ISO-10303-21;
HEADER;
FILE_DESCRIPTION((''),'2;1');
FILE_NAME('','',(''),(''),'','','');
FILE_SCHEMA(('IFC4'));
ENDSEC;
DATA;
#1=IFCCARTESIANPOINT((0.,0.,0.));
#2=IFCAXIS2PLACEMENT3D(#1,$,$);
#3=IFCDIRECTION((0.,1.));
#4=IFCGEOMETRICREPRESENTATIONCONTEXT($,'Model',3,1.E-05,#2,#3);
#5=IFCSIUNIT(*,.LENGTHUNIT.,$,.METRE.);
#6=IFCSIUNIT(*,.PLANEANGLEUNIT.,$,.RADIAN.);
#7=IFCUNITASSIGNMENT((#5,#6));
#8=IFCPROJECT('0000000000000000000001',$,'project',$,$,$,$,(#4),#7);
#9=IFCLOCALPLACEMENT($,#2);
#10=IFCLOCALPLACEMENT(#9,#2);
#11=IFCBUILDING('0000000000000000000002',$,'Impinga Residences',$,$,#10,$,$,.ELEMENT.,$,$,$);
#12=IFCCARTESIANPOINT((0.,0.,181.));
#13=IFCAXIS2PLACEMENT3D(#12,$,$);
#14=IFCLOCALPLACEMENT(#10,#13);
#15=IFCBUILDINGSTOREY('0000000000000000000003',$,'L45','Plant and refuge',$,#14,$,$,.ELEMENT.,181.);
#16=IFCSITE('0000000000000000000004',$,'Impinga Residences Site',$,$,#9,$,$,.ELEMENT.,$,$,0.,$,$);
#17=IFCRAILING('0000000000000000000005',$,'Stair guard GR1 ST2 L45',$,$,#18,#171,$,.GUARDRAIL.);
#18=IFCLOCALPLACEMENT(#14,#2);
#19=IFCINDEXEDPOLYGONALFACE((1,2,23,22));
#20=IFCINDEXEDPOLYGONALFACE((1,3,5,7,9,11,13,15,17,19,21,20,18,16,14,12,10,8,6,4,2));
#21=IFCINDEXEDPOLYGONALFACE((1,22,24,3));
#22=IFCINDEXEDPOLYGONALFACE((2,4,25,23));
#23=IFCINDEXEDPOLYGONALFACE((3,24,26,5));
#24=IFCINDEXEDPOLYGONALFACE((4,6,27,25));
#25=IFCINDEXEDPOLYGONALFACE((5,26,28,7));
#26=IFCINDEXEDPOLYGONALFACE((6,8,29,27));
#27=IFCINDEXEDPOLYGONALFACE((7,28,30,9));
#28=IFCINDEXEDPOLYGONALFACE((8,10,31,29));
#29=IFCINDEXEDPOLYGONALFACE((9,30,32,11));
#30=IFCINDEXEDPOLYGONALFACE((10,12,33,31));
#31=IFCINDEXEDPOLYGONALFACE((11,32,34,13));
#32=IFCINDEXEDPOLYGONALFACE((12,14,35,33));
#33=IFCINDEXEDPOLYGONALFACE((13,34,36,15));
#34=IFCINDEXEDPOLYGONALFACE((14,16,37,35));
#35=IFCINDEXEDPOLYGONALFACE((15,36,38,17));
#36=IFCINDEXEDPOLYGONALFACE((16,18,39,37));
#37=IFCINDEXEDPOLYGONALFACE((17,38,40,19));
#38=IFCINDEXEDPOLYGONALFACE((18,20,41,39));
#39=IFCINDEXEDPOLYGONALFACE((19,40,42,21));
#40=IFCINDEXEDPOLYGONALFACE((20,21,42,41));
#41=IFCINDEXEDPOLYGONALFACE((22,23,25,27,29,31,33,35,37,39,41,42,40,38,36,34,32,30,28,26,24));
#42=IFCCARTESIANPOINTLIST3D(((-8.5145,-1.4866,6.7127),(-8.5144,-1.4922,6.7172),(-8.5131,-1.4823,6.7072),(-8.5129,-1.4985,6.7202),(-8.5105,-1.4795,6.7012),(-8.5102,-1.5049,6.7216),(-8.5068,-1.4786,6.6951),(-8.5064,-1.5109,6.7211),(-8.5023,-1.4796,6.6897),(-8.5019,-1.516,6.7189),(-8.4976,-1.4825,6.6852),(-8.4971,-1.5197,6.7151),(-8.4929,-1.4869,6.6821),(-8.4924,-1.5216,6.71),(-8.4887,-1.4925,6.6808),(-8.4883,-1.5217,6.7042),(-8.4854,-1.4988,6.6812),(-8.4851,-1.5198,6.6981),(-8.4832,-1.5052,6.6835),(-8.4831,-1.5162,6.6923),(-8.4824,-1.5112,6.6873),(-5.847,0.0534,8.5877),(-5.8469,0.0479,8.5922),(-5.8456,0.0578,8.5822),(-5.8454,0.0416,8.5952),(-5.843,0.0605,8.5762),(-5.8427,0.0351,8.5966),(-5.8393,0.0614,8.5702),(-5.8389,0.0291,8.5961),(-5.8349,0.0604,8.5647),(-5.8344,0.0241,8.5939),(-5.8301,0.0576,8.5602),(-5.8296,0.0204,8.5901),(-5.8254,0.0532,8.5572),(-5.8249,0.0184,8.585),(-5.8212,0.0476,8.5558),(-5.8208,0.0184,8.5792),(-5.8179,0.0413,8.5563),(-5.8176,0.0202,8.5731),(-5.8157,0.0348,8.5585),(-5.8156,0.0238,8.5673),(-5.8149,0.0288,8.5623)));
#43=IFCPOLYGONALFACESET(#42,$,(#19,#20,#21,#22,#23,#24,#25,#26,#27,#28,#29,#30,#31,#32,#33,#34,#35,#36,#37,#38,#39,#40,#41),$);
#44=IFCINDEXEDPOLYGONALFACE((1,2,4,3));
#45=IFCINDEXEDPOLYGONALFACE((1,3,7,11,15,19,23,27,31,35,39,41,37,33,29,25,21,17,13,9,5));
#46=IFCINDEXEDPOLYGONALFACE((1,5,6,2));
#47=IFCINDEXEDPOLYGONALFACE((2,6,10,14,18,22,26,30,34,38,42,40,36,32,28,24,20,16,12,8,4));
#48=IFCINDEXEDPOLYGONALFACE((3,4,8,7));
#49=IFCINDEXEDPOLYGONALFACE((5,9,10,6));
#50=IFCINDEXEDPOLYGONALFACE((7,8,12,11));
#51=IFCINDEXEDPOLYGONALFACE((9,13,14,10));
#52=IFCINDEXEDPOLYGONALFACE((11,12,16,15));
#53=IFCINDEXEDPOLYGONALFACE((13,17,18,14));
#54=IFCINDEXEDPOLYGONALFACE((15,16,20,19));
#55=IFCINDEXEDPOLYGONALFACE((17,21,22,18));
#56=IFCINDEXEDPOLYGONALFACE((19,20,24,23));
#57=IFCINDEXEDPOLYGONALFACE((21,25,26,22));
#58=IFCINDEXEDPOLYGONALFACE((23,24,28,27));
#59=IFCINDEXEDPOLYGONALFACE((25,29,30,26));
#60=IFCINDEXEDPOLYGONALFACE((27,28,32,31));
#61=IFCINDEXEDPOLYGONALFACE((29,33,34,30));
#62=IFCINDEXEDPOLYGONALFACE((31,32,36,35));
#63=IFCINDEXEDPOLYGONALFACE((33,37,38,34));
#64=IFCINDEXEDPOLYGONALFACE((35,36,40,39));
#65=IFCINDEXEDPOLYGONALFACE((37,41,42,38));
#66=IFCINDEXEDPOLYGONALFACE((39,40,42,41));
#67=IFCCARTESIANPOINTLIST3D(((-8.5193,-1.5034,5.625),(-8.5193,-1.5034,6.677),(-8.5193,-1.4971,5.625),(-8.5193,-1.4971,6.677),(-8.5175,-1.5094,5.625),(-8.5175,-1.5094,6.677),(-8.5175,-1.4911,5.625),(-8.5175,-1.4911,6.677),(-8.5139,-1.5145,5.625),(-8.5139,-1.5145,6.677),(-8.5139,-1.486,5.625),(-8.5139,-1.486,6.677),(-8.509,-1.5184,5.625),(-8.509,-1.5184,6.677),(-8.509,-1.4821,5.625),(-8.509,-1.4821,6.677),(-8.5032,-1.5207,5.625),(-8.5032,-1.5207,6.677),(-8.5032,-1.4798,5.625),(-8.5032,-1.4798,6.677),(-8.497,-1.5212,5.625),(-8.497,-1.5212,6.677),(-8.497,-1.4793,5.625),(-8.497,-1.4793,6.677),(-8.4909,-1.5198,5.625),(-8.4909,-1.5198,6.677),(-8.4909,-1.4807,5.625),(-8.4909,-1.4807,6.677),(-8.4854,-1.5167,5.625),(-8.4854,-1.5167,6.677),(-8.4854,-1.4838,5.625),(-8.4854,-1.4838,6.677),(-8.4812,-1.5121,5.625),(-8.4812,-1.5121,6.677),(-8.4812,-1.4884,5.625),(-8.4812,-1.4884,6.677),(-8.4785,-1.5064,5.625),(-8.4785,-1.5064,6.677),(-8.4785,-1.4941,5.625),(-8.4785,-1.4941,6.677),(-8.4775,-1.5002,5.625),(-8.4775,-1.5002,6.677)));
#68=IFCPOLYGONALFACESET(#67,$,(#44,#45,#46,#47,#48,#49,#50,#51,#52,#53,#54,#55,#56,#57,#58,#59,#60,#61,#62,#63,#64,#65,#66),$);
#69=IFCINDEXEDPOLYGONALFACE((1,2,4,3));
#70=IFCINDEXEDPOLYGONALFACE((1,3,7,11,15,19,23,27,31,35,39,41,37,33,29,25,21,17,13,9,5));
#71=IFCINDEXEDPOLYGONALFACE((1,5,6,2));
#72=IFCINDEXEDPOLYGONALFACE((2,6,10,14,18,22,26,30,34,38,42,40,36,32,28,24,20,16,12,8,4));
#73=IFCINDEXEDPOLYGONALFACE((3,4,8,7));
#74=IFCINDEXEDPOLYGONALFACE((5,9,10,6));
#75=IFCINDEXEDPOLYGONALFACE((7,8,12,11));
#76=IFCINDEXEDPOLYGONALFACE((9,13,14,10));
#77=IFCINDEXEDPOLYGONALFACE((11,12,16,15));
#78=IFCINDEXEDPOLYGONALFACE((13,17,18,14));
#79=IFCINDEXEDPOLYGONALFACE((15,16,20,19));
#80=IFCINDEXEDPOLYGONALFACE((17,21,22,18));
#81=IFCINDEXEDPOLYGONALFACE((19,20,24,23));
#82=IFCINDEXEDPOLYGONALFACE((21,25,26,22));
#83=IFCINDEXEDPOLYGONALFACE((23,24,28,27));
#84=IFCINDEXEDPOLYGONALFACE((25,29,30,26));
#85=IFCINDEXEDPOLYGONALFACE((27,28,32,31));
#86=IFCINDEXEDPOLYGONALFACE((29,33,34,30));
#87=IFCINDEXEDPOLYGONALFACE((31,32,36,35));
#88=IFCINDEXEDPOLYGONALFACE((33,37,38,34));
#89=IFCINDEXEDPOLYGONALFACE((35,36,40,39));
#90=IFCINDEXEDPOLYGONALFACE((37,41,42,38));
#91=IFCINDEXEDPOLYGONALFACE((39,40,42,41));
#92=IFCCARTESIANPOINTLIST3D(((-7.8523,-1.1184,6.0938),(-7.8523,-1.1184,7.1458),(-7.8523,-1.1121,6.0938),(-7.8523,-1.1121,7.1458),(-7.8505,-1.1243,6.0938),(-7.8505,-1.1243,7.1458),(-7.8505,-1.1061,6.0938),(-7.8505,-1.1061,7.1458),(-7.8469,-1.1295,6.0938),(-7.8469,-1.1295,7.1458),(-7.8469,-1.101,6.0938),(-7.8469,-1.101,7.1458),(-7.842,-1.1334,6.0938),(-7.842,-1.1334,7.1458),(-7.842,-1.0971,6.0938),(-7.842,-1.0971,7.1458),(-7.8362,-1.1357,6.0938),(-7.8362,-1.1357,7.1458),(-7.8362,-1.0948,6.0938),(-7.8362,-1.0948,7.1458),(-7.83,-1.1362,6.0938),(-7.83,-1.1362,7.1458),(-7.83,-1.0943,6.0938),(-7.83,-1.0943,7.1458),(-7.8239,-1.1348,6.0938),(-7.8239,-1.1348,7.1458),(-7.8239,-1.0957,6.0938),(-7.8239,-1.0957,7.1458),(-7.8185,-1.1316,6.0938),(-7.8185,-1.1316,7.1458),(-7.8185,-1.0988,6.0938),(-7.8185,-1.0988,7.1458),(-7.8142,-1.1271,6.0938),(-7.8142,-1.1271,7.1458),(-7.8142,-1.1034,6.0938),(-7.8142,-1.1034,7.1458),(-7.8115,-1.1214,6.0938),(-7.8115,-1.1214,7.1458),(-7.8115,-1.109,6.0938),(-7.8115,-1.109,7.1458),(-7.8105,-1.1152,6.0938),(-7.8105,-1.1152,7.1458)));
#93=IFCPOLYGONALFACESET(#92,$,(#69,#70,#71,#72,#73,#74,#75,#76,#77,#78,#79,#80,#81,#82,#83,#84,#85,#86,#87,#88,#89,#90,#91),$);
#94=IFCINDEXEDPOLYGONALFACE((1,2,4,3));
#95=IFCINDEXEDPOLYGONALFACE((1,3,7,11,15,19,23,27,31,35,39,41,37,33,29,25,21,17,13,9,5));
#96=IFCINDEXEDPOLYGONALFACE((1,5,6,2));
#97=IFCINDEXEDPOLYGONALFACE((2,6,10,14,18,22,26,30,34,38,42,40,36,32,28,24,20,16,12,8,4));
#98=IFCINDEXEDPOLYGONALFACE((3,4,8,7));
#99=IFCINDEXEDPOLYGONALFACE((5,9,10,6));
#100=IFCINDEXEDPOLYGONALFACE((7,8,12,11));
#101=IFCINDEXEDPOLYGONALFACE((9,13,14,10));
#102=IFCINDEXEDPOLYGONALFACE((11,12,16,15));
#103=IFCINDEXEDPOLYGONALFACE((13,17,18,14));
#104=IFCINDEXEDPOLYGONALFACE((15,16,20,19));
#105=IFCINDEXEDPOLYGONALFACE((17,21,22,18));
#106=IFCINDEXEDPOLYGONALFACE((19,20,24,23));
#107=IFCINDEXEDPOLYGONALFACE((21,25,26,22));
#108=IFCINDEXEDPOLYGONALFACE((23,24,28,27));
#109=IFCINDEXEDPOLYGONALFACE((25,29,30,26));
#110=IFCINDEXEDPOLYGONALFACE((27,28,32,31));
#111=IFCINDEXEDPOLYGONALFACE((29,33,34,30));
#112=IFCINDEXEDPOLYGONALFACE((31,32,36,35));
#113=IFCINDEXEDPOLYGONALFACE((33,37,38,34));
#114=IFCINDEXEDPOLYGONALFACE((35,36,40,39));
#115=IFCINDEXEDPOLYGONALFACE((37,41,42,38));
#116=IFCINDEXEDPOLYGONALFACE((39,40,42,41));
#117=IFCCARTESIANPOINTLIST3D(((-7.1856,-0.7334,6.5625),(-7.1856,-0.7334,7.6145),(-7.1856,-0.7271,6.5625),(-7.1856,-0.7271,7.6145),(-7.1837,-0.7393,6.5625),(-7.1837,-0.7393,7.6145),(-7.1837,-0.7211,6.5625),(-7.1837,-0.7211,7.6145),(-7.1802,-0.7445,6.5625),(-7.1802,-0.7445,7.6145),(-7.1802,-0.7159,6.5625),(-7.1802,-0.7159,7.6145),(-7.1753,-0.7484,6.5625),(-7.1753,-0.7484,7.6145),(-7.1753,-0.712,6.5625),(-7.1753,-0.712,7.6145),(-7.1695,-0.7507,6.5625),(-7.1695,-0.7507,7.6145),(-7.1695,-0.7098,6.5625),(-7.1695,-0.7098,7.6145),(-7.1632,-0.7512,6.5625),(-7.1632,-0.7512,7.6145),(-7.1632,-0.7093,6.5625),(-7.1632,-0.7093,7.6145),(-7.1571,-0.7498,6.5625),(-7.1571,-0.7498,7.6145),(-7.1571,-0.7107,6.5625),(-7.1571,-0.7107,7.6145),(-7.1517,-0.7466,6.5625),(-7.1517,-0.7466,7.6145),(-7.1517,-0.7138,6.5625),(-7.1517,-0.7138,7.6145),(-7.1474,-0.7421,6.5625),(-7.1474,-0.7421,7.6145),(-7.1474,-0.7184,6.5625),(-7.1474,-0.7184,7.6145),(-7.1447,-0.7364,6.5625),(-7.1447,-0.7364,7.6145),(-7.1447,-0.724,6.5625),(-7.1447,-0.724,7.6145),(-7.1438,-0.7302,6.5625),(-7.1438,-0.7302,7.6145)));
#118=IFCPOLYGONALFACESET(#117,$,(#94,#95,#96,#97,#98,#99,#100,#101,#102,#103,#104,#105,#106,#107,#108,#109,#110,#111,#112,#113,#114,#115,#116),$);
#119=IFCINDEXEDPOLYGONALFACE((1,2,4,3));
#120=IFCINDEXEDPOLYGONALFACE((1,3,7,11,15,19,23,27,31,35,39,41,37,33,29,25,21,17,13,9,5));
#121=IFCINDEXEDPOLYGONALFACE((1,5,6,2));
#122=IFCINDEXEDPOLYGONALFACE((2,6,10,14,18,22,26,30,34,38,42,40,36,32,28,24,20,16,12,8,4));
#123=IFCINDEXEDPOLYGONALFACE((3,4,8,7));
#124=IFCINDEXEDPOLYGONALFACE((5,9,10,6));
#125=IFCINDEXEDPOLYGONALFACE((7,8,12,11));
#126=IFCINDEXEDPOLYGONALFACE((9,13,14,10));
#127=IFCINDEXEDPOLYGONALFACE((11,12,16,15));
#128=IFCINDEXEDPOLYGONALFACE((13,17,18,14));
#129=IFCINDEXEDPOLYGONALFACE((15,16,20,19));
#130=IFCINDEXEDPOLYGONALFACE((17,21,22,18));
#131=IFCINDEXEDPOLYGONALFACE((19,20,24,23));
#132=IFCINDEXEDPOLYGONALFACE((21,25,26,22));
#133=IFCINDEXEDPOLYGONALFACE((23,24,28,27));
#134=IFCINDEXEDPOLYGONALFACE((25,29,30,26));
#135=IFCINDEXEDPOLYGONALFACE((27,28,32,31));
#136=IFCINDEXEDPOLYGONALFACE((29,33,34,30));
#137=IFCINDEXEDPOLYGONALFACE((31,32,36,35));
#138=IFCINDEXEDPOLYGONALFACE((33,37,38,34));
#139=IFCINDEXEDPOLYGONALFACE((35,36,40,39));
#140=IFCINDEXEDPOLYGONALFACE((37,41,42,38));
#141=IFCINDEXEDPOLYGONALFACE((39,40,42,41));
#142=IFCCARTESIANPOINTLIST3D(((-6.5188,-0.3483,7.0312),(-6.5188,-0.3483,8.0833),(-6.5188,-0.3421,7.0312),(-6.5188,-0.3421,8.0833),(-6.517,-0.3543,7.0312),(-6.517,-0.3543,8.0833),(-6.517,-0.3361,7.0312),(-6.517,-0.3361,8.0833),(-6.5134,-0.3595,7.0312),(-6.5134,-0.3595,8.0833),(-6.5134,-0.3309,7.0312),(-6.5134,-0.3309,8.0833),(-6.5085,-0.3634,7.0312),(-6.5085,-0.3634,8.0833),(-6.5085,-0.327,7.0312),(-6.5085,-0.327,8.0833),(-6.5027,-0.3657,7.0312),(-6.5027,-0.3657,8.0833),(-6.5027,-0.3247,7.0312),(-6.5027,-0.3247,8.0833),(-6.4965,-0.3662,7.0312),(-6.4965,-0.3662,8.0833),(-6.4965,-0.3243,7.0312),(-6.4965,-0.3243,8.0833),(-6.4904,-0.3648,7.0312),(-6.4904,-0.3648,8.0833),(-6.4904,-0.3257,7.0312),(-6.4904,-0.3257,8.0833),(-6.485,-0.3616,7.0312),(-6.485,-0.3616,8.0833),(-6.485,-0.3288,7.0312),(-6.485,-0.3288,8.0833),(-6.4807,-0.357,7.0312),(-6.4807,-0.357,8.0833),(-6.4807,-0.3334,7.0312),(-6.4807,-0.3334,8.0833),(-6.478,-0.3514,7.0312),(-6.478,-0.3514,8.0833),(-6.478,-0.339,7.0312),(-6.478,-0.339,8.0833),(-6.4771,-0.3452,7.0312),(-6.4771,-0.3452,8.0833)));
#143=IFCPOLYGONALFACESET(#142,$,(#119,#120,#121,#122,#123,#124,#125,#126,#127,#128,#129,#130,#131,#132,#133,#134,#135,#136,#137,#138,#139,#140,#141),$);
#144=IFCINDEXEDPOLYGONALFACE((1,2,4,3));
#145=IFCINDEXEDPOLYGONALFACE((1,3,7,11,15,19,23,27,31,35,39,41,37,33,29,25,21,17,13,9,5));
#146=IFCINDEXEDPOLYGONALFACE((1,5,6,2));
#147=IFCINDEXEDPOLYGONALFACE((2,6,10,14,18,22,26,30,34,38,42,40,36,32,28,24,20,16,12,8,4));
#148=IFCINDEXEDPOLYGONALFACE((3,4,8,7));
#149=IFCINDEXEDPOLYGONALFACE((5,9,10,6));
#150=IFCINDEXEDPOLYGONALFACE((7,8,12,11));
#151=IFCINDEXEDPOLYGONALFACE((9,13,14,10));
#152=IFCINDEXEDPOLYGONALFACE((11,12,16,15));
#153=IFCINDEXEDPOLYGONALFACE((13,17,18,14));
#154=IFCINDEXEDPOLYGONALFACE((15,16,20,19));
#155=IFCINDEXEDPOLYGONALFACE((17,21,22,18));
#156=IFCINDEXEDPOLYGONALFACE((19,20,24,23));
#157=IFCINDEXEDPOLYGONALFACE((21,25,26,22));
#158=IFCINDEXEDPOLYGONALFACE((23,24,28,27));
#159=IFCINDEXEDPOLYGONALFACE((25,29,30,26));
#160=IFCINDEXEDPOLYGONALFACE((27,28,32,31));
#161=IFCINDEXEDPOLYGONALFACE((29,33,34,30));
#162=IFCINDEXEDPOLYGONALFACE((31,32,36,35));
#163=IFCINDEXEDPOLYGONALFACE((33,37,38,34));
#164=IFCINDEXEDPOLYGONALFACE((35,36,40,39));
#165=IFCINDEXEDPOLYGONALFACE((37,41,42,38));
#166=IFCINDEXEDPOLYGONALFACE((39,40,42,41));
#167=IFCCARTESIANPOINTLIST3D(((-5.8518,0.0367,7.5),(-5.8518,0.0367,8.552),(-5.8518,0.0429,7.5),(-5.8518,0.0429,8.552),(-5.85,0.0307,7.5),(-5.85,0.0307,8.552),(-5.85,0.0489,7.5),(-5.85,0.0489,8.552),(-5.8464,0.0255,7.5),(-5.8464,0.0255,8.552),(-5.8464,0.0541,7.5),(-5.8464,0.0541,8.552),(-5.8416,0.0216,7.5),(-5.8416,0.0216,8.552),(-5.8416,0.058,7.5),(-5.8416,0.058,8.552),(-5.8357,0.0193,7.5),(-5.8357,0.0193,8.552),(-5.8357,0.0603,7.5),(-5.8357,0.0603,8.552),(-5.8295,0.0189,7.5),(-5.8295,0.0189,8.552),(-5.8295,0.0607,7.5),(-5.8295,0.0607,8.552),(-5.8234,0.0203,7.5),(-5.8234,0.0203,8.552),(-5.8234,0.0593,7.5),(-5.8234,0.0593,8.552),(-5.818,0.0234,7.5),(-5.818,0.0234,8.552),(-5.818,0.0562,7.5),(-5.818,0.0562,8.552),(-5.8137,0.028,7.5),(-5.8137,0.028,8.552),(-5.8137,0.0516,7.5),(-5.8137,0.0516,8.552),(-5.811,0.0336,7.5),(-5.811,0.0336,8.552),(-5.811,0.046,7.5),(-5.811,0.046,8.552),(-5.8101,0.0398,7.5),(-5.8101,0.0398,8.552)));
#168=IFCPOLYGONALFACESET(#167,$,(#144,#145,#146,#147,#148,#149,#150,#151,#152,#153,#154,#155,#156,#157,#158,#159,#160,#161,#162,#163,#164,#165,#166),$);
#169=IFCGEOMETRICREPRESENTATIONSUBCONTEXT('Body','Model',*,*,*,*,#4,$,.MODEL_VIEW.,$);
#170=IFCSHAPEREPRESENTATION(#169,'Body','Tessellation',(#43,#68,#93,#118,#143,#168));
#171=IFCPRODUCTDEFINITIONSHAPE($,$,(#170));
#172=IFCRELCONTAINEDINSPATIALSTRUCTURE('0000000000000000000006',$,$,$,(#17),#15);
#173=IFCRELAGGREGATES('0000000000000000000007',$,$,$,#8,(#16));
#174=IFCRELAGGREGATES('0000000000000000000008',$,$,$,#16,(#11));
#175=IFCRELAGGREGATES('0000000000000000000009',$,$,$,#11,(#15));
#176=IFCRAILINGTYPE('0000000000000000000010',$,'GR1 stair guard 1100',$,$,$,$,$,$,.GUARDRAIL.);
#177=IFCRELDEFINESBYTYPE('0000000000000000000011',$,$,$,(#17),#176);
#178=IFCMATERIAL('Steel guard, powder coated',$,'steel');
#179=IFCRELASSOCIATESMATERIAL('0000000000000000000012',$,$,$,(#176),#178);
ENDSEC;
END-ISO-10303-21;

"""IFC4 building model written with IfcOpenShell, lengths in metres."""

from ifc_helpers import new_model, si_unit, direction, frame, origin, origin_2d, place, context, subcontext, project, spatial, circle, extrude, material, type_object, element, save


model = new_model("IFC4")

# Units and contexts
model_context = context("Model", 3, precision=1e-05, world=origin(), true_north=direction((0.0, 1.0)))
body_context = subcontext(model_context, "Body", "Model", "MODEL_VIEW")
ifc_project = project(units=[si_unit("LENGTHUNIT", "METRE"), si_unit("PLANEANGLEUNIT", "RADIAN")], contexts=[model_context])

# Site, building, storey
site_placement = place(None, origin())
site = spatial("IfcSite", under=ifc_project, at=site_placement, Name="Impinga Residences Site", CompositionType="ELEMENT", RefElevation=0.0)
building_placement = place(site_placement, origin())
building = spatial("IfcBuilding", under=site, at=building_placement, Name="Impinga Residences", CompositionType="ELEMENT")
storey_placement = place(building_placement, frame((0.0, 0.0, 181.0)))
storey = spatial("IfcBuildingStorey", under=building, at=storey_placement, Name="L45", Description="Plant and refuge", CompositionType="ELEMENT", Elevation=181.0)

# Railing
ifc_material_1 = material(Name="Steel guard, powder coated", Category="steel")
railing_type_1 = type_object("IfcRailingType", Name="GR1 stair guard 1100", PredefinedType="GUARDRAIL", material=ifc_material_1)
for number, where, name in (
    (1, (-8.4985, -1.5002, 5.625), "Stair guard GR1 ST2 L45"),
):
    element("IfcRailing", number, at=place(storey_placement, frame(where)), inside=storey, type_object=railing_type_1, Name=name, PredefinedType="GUARDRAIL", context=body_context, shape_type="SweptSolid", body=[
        extrude(circle(Radius=0.0239, at=origin_2d()), frame((0.0, 0.0, 1.0762), z_axis=(0.739746, 0.427084, 0.519975), x_axis=(-0.499992, 0.86603, 0.0)), (0.0, 0.0, 1.0), 3.606),
        extrude(circle(Radius=0.021, at=origin_2d()), origin(), (0.0, 0.0, 1.0), 1.052),
        extrude(circle(Radius=0.021, at=origin_2d()), frame((0.667, 0.385, 0.4688)), (0.0, 0.0, 1.0), 1.052),
        extrude(circle(Radius=0.021, at=origin_2d()), frame((1.3337, 0.77, 0.9375)), (0.0, 0.0, 1.0), 1.052),
        extrude(circle(Radius=0.021, at=origin_2d()), frame((2.0005, 1.155, 1.4062)), (0.0, 0.0, 1.0), 1.052),
        extrude(circle(Radius=0.021, at=origin_2d()), frame((2.6675, 1.54, 1.875)), (0.0, 0.0, 1.0), 1.052),
    ])

save(model, "model.ifc")
